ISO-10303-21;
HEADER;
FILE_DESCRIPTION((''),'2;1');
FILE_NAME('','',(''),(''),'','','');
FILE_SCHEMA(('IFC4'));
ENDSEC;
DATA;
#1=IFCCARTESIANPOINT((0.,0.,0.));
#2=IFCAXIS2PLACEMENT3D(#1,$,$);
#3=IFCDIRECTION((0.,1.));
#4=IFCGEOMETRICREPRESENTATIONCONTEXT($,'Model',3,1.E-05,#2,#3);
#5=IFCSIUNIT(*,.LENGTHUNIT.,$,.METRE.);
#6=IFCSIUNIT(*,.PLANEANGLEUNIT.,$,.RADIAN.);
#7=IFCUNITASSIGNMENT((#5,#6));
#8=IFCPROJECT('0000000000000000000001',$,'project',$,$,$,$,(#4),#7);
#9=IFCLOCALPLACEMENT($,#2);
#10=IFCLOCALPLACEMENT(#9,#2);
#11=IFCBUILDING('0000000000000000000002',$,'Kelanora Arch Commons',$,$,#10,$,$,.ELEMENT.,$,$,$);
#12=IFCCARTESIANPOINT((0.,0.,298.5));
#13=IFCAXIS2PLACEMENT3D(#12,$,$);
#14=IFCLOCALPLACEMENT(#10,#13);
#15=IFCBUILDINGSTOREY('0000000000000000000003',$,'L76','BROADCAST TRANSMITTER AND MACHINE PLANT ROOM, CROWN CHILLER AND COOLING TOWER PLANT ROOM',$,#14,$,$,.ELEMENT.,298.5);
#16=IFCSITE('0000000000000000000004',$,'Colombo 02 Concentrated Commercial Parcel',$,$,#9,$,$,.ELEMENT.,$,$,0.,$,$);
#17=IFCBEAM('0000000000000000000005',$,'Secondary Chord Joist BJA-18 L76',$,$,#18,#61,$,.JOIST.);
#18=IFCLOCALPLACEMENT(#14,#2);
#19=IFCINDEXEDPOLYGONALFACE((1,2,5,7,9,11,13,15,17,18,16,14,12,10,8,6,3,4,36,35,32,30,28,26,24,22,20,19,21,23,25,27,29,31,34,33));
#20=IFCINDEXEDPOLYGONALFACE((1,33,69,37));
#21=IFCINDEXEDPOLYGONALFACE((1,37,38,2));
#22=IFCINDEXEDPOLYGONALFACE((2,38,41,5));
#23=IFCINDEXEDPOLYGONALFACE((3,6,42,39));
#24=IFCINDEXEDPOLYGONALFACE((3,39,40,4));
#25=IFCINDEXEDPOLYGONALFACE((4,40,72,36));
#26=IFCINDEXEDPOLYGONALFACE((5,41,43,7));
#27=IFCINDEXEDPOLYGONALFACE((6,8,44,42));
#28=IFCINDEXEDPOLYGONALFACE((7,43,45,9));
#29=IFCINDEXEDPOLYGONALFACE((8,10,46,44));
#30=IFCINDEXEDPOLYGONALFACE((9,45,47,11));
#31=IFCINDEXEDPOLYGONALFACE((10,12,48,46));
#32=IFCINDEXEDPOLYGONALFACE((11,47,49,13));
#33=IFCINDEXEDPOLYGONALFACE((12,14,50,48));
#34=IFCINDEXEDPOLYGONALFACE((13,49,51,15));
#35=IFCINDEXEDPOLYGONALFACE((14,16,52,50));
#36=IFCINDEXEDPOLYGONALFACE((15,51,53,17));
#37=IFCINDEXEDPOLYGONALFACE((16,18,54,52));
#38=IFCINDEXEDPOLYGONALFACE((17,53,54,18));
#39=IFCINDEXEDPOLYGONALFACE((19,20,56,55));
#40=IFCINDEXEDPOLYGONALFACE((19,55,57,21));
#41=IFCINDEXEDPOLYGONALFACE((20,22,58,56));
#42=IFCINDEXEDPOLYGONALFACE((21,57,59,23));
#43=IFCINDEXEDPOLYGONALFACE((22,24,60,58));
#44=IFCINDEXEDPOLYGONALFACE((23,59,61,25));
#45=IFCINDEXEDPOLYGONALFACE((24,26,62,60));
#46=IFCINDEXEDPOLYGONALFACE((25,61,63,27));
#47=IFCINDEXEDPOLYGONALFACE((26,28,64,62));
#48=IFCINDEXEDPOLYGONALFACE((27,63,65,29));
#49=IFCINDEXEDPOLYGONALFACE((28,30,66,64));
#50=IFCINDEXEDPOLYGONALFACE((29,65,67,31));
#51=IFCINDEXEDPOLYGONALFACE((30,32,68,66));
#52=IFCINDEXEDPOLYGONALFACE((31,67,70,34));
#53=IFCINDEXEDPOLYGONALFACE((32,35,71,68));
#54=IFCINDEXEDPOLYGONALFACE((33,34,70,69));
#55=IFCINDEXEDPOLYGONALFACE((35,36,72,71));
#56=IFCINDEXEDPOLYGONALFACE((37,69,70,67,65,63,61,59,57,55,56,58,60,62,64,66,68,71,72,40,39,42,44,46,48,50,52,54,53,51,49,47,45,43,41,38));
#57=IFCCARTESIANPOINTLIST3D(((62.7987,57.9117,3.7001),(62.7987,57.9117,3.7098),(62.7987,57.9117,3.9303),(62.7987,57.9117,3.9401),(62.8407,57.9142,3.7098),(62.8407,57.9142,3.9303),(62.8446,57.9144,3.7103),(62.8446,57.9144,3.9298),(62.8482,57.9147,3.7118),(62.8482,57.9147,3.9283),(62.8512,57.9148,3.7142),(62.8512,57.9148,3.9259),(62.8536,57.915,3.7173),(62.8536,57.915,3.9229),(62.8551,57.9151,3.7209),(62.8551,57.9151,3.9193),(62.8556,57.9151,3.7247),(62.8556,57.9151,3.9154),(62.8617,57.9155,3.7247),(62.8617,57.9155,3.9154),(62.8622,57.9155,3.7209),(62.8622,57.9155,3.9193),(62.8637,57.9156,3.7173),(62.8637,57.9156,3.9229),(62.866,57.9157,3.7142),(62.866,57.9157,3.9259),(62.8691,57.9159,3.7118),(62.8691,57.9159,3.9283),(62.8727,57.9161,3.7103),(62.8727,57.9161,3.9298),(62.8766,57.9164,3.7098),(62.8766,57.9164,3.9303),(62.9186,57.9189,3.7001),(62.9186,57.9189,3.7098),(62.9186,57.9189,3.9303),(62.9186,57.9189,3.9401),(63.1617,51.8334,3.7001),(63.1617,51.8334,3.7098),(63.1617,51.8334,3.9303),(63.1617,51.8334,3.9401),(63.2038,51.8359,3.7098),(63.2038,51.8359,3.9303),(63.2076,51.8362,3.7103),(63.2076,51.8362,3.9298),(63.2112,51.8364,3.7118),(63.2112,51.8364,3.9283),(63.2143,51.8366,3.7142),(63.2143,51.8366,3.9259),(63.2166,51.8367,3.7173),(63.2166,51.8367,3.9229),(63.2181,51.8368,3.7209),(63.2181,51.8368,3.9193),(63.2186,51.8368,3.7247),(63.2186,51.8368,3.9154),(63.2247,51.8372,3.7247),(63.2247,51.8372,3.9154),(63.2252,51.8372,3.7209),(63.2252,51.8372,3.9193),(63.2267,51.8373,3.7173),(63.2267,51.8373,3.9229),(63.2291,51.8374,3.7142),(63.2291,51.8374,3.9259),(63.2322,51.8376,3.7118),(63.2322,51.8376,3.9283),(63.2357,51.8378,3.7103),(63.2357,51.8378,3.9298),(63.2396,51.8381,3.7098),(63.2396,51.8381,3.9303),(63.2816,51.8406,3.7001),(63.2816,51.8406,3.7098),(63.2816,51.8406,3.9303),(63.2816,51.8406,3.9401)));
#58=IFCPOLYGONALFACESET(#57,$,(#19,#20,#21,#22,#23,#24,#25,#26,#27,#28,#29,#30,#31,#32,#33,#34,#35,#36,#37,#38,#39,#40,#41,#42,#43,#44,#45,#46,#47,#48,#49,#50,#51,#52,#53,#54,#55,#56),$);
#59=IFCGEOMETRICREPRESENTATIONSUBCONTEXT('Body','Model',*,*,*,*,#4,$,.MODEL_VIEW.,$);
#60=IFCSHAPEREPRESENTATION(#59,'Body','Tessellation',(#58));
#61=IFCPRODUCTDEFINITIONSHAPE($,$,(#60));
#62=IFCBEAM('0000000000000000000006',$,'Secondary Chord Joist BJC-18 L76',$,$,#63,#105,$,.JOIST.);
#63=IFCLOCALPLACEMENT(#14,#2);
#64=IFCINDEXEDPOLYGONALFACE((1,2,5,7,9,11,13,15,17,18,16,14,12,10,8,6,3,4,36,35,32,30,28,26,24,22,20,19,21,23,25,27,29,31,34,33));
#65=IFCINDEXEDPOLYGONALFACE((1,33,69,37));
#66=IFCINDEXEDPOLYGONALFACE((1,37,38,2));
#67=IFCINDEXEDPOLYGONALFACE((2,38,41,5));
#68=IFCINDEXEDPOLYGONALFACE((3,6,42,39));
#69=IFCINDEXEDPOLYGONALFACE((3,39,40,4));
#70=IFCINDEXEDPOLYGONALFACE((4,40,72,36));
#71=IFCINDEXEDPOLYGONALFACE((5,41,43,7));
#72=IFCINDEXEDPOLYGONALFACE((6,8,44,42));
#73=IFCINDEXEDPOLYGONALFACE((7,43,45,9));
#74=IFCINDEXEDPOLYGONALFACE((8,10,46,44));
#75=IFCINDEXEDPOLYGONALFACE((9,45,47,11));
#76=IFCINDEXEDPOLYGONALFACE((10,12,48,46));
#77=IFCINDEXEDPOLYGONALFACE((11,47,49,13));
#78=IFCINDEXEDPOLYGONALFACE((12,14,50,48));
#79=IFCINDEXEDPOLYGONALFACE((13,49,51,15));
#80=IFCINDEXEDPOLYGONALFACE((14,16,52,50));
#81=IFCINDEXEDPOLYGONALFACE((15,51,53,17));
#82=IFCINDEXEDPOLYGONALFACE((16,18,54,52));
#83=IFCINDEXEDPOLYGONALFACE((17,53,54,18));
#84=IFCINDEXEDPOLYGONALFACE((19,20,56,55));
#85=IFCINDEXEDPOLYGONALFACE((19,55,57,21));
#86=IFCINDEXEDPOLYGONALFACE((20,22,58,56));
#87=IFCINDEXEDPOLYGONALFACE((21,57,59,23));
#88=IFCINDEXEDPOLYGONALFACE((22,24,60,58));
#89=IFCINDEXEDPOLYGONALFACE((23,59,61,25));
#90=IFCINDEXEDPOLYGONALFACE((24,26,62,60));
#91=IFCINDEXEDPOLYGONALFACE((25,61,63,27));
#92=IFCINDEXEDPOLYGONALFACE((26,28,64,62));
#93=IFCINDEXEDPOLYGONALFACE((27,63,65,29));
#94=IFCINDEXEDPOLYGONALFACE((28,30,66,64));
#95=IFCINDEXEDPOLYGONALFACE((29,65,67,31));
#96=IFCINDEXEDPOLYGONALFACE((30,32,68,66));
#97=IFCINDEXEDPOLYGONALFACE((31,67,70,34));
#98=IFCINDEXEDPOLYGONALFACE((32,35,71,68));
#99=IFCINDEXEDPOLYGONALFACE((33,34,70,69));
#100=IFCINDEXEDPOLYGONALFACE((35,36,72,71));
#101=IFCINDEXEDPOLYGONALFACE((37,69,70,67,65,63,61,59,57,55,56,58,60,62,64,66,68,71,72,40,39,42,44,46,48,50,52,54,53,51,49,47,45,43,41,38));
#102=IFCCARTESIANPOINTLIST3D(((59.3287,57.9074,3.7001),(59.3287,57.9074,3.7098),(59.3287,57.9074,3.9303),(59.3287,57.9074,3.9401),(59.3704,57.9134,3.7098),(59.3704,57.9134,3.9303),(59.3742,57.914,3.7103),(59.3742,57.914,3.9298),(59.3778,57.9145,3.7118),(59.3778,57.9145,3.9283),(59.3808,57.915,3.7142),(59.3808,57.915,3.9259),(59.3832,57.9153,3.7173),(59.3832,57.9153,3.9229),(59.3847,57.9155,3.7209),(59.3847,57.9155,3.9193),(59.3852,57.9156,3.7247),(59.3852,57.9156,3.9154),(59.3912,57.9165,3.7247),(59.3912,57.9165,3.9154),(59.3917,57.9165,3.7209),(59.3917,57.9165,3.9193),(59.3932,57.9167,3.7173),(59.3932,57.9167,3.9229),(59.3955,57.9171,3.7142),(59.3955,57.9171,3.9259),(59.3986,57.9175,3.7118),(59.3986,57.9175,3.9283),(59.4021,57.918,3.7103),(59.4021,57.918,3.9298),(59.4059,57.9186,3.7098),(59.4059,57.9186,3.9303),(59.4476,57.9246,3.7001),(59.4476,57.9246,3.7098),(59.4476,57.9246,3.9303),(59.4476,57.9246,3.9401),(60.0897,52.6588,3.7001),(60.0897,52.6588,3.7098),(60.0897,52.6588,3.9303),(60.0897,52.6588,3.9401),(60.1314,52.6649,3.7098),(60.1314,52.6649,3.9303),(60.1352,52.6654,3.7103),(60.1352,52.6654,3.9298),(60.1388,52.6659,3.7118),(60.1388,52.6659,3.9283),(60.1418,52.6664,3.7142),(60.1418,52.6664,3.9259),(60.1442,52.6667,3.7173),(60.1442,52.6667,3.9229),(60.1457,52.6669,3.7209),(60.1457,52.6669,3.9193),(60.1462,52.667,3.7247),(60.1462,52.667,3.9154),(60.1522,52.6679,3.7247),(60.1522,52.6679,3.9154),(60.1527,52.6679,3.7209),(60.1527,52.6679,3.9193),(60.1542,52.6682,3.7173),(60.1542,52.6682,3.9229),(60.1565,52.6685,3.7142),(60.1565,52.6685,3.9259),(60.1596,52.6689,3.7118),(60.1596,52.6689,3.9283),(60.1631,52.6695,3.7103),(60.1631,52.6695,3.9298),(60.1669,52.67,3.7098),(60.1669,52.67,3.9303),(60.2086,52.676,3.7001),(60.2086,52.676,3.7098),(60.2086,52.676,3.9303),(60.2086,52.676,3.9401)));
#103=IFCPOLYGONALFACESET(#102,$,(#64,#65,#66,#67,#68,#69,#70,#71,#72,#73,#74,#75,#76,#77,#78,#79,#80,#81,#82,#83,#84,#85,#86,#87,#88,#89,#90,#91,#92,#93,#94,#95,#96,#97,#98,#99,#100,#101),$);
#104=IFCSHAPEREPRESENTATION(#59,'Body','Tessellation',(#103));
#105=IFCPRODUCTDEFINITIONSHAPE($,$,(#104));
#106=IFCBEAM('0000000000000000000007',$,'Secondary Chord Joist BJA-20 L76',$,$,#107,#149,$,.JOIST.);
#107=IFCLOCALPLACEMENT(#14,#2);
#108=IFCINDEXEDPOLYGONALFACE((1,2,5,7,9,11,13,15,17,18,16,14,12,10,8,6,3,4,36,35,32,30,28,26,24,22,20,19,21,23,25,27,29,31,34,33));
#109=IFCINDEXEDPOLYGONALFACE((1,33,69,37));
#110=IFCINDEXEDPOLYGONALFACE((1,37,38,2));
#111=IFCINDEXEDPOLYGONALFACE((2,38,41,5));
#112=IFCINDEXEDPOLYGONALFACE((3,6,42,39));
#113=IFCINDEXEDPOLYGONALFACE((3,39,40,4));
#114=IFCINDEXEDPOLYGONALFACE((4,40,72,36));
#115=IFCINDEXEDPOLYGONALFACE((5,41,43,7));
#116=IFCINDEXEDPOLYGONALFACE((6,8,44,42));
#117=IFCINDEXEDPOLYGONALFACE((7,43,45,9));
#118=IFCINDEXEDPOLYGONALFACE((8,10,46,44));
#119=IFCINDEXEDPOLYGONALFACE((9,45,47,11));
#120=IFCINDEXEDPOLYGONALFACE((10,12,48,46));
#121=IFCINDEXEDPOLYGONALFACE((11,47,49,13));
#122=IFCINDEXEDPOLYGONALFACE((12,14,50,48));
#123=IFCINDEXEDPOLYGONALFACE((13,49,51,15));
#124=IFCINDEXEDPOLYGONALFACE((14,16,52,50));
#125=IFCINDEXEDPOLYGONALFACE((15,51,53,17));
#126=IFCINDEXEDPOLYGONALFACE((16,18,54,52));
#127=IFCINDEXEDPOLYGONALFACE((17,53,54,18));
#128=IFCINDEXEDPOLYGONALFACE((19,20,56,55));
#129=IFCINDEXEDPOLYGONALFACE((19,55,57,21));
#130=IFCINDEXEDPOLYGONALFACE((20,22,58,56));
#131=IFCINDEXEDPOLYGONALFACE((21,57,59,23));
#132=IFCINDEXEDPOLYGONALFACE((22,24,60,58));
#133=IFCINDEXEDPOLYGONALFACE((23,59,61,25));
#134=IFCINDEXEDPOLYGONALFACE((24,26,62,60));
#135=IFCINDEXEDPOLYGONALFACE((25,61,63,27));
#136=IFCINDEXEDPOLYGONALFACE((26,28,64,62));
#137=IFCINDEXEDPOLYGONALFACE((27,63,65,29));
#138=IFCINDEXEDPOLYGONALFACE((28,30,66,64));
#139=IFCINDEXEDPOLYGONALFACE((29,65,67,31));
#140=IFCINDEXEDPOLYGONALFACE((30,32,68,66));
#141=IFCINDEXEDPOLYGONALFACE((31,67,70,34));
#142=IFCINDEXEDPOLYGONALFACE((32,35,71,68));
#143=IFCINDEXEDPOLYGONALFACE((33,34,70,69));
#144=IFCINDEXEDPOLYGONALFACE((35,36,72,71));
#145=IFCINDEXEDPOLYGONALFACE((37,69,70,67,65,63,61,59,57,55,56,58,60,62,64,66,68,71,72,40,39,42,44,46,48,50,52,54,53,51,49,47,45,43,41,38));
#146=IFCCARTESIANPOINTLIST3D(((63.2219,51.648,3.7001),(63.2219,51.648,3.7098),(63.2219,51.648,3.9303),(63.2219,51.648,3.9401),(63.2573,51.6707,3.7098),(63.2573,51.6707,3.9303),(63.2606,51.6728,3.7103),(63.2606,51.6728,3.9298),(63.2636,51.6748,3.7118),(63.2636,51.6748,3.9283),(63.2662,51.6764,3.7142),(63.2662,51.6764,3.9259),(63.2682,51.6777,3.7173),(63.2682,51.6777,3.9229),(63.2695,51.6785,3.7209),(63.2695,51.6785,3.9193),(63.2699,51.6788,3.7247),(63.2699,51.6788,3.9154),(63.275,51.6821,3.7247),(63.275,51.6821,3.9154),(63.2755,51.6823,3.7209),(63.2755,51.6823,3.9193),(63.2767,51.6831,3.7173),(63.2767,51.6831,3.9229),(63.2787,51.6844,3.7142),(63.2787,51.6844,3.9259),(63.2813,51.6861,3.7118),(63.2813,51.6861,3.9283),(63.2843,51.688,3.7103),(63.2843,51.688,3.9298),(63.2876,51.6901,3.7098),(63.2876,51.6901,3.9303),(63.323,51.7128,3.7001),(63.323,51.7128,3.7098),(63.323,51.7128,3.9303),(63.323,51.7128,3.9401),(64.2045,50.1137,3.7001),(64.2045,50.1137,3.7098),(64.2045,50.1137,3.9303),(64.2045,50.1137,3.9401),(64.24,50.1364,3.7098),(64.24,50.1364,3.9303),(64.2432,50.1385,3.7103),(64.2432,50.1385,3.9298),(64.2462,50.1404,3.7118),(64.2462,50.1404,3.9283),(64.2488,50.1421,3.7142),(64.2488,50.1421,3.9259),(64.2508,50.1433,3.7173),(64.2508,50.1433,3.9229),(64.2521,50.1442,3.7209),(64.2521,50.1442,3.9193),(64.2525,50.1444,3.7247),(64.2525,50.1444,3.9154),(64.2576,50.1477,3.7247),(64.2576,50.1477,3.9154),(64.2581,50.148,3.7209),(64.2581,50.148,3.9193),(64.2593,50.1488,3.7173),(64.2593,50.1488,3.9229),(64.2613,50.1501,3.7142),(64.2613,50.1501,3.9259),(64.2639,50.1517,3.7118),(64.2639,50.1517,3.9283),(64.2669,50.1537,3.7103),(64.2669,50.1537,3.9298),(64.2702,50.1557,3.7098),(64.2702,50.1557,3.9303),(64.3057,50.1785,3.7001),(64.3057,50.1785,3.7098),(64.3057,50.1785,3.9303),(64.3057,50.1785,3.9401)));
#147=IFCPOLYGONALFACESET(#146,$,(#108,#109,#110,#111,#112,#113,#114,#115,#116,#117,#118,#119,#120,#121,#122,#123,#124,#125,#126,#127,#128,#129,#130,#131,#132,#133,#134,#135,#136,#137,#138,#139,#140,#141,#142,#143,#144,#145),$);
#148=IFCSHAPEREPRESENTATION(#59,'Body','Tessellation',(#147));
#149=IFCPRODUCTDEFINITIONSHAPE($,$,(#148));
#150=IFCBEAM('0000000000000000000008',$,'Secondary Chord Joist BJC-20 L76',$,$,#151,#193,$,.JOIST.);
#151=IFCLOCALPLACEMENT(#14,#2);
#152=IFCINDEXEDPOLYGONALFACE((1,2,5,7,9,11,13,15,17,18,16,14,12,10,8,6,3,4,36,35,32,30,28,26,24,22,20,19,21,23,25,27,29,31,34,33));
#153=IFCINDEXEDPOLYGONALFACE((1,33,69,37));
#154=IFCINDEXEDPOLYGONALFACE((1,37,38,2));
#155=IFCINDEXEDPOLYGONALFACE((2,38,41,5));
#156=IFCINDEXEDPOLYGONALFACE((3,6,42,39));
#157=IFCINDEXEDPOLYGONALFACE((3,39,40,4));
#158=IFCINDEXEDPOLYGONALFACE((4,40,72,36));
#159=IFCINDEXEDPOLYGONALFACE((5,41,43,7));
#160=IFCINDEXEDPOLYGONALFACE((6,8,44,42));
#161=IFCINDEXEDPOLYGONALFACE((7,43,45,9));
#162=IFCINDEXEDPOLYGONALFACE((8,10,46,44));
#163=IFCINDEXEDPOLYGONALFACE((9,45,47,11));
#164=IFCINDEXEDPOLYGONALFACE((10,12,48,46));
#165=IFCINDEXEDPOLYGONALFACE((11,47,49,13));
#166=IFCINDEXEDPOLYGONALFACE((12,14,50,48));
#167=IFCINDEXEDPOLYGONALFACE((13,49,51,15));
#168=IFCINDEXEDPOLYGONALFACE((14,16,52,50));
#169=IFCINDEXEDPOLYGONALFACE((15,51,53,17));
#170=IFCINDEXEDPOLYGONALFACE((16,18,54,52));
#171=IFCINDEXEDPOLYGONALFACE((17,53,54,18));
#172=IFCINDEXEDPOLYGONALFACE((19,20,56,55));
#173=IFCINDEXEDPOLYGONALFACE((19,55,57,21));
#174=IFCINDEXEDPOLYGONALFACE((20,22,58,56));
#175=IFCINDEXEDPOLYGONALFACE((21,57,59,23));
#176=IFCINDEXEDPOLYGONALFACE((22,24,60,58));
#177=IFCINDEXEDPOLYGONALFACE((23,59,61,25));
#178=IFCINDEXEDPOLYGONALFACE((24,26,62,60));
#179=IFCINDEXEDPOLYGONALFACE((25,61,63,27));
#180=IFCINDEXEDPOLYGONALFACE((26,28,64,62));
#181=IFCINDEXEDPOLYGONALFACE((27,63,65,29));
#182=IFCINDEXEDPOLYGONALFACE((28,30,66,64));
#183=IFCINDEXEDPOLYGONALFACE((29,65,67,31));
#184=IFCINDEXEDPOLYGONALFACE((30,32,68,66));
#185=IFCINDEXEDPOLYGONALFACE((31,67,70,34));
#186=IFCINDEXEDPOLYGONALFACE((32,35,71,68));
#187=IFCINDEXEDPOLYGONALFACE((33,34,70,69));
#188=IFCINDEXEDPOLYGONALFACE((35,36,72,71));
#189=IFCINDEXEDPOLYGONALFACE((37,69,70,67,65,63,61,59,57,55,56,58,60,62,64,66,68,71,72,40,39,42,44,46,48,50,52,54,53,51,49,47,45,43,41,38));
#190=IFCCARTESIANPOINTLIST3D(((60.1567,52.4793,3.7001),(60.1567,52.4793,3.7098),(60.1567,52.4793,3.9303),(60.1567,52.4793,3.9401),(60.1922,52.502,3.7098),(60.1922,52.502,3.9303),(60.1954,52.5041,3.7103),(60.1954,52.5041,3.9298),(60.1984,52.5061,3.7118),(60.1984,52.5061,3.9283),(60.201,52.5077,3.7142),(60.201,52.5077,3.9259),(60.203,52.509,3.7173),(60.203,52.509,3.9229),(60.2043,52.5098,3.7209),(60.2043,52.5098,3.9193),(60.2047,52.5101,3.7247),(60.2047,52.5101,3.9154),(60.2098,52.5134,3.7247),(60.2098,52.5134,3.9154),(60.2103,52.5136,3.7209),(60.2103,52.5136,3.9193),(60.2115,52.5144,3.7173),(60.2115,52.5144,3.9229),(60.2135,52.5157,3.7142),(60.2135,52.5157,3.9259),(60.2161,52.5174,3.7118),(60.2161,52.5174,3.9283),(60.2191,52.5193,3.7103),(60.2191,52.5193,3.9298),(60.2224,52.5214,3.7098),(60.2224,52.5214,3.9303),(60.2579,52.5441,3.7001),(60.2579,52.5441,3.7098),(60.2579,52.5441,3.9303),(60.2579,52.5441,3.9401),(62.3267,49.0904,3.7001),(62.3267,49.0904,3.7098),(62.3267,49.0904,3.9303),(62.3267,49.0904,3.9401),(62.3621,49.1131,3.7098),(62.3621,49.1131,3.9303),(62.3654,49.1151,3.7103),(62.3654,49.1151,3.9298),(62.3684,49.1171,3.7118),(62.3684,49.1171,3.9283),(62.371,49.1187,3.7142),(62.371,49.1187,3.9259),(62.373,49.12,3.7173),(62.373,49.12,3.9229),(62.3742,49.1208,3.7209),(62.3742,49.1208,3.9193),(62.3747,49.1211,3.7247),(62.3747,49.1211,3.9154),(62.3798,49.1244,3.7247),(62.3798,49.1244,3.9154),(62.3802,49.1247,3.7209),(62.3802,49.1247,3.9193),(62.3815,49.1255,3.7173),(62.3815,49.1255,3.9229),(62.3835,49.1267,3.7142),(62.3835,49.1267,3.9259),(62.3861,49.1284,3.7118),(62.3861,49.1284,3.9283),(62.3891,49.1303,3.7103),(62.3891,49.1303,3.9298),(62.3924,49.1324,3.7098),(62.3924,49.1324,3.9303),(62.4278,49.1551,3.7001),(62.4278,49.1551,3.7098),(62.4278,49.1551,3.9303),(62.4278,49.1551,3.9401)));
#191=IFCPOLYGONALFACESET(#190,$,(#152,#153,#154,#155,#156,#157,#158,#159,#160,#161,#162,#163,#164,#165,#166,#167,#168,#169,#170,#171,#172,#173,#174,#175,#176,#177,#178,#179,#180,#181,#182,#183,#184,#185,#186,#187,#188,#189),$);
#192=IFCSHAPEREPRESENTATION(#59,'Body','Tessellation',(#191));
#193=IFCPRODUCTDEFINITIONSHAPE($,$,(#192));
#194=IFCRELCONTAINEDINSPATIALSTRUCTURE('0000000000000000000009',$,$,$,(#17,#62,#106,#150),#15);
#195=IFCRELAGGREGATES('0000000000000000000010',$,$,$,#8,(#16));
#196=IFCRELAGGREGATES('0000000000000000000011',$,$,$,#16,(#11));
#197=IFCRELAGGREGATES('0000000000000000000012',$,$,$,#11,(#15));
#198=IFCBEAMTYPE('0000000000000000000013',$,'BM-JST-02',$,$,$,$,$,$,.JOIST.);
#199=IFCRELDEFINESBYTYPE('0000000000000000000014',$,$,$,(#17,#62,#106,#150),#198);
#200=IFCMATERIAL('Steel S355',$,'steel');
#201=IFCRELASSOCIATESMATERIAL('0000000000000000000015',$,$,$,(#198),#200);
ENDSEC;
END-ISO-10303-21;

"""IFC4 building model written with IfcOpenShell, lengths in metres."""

from ifc_helpers import new_model, si_unit, direction, frame, origin, origin_2d, place, context, subcontext, project, spatial, i_section, extrude, material, material_profile, profile_set, type_object, element, save


model = new_model("IFC4")

# Units and contexts
model_context = context("Model", 3, precision=1e-05, world=origin(), true_north=direction((0.0, 1.0)))
body_context = subcontext(model_context, "Body", "Model", "MODEL_VIEW")
ifc_project = project(units=[si_unit("LENGTHUNIT", "METRE"), si_unit("PLANEANGLEUNIT", "RADIAN")], contexts=[model_context])

# Site, building, storey
site_placement = place(None, origin())
site = spatial("IfcSite", under=ifc_project, at=site_placement, Name="Colombo 02 Concentrated Commercial Parcel", CompositionType="ELEMENT", RefElevation=0.0)
building_placement = place(site_placement, origin())
building = spatial("IfcBuilding", under=site, at=building_placement, Name="Kelanora Arch Commons", CompositionType="ELEMENT")
storey_placement = place(building_placement, frame((0.0, 0.0, 298.5)))
storey = spatial("IfcBuildingStorey", under=building, at=storey_placement, Name="L76", Description="BROADCAST TRANSMITTER AND MACHINE PLANT ROOM, CROWN CHILLER AND COOLING TOWER PLANT ROOM", CompositionType="ELEMENT", Elevation=298.5)

# Beams
ifc_material_1 = material(Name="Steel S355", Category="steel")
ifc_material_profile_1 = material_profile(ifc_material_1, i_section(OverallWidth=0.1201, OverallDepth=0.24, WebThickness=0.0061, FlangeThickness=0.0098, FilletRadius=0.0149, at=origin_2d()), Name="IPE240")
ifc_profile_set_1 = profile_set([ifc_material_profile_1], Name="Steel S355")
beam_type_1 = type_object("IfcBeamType", Name="BM-JST-02", PredefinedType="JOIST", material=ifc_profile_set_1)
beam_1_placement = place(storey_placement, frame((62.8586, 57.9153, 3.8201), z_axis=(0.05962, -0.998221, 0.0), x_axis=(0.998221, 0.05962, 0.0)))
element("IfcBeam", 1, at=beam_1_placement, inside=storey, type_object=beam_type_1, Name="Secondary Chord Joist BJA-18 L76", PredefinedType="JOIST", context=body_context, shape_type="SweptSolid", body=[
    extrude(i_section(OverallWidth=0.1201, OverallDepth=0.24, WebThickness=0.0061, FlangeThickness=0.0098, FilletRadius=0.0149, at=origin_2d()), origin(), (0.0, 0.0, 1.0), 6.0891),
])
beam_2_placement = place(storey_placement, frame((59.3882, 57.916, 3.8201), z_axis=(0.14349, -0.989652, 0.0), x_axis=(0.989652, 0.14349, 0.0)))
element("IfcBeam", 2, at=beam_2_placement, inside=storey, type_object=beam_type_1, Name="Secondary Chord Joist BJC-18 L76", PredefinedType="JOIST", context=body_context, shape_type="SweptSolid", body=[
    extrude(i_section(OverallWidth=0.1201, OverallDepth=0.24, WebThickness=0.0061, FlangeThickness=0.0098, FilletRadius=0.0149, at=origin_2d()), origin(), (0.0, 0.0, 1.0), 5.3035),
])
beam_3_placement = place(storey_placement, frame((63.2725, 51.6804, 3.8201), z_axis=(0.539301, -0.842113, 0.0), x_axis=(0.842113, 0.539301, 0.0)))
element("IfcBeam", 3, at=beam_3_placement, inside=storey, type_object=beam_type_1, Name="Secondary Chord Joist BJA-20 L76", PredefinedType="JOIST", context=body_context, shape_type="SweptSolid", body=[
    extrude(i_section(OverallWidth=0.1201, OverallDepth=0.24, WebThickness=0.0061, FlangeThickness=0.0098, FilletRadius=0.0149, at=origin_2d()), origin(), (0.0, 0.0, 1.0), 1.822),
])
beam_4_placement = place(storey_placement, frame((60.2073, 52.5117, 3.8201), z_axis=(0.539233, -0.842157, 0.0), x_axis=(0.842157, 0.539233, 0.0)))
element("IfcBeam", 4, at=beam_4_placement, inside=storey, type_object=beam_type_1, Name="Secondary Chord Joist BJC-20 L76", PredefinedType="JOIST", context=body_context, shape_type="SweptSolid", body=[
    extrude(i_section(OverallWidth=0.1201, OverallDepth=0.24, WebThickness=0.0061, FlangeThickness=0.0098, FilletRadius=0.0149, at=origin_2d()), origin(), (0.0, 0.0, 1.0), 4.0242),
])

save(model, "model.ifc")
